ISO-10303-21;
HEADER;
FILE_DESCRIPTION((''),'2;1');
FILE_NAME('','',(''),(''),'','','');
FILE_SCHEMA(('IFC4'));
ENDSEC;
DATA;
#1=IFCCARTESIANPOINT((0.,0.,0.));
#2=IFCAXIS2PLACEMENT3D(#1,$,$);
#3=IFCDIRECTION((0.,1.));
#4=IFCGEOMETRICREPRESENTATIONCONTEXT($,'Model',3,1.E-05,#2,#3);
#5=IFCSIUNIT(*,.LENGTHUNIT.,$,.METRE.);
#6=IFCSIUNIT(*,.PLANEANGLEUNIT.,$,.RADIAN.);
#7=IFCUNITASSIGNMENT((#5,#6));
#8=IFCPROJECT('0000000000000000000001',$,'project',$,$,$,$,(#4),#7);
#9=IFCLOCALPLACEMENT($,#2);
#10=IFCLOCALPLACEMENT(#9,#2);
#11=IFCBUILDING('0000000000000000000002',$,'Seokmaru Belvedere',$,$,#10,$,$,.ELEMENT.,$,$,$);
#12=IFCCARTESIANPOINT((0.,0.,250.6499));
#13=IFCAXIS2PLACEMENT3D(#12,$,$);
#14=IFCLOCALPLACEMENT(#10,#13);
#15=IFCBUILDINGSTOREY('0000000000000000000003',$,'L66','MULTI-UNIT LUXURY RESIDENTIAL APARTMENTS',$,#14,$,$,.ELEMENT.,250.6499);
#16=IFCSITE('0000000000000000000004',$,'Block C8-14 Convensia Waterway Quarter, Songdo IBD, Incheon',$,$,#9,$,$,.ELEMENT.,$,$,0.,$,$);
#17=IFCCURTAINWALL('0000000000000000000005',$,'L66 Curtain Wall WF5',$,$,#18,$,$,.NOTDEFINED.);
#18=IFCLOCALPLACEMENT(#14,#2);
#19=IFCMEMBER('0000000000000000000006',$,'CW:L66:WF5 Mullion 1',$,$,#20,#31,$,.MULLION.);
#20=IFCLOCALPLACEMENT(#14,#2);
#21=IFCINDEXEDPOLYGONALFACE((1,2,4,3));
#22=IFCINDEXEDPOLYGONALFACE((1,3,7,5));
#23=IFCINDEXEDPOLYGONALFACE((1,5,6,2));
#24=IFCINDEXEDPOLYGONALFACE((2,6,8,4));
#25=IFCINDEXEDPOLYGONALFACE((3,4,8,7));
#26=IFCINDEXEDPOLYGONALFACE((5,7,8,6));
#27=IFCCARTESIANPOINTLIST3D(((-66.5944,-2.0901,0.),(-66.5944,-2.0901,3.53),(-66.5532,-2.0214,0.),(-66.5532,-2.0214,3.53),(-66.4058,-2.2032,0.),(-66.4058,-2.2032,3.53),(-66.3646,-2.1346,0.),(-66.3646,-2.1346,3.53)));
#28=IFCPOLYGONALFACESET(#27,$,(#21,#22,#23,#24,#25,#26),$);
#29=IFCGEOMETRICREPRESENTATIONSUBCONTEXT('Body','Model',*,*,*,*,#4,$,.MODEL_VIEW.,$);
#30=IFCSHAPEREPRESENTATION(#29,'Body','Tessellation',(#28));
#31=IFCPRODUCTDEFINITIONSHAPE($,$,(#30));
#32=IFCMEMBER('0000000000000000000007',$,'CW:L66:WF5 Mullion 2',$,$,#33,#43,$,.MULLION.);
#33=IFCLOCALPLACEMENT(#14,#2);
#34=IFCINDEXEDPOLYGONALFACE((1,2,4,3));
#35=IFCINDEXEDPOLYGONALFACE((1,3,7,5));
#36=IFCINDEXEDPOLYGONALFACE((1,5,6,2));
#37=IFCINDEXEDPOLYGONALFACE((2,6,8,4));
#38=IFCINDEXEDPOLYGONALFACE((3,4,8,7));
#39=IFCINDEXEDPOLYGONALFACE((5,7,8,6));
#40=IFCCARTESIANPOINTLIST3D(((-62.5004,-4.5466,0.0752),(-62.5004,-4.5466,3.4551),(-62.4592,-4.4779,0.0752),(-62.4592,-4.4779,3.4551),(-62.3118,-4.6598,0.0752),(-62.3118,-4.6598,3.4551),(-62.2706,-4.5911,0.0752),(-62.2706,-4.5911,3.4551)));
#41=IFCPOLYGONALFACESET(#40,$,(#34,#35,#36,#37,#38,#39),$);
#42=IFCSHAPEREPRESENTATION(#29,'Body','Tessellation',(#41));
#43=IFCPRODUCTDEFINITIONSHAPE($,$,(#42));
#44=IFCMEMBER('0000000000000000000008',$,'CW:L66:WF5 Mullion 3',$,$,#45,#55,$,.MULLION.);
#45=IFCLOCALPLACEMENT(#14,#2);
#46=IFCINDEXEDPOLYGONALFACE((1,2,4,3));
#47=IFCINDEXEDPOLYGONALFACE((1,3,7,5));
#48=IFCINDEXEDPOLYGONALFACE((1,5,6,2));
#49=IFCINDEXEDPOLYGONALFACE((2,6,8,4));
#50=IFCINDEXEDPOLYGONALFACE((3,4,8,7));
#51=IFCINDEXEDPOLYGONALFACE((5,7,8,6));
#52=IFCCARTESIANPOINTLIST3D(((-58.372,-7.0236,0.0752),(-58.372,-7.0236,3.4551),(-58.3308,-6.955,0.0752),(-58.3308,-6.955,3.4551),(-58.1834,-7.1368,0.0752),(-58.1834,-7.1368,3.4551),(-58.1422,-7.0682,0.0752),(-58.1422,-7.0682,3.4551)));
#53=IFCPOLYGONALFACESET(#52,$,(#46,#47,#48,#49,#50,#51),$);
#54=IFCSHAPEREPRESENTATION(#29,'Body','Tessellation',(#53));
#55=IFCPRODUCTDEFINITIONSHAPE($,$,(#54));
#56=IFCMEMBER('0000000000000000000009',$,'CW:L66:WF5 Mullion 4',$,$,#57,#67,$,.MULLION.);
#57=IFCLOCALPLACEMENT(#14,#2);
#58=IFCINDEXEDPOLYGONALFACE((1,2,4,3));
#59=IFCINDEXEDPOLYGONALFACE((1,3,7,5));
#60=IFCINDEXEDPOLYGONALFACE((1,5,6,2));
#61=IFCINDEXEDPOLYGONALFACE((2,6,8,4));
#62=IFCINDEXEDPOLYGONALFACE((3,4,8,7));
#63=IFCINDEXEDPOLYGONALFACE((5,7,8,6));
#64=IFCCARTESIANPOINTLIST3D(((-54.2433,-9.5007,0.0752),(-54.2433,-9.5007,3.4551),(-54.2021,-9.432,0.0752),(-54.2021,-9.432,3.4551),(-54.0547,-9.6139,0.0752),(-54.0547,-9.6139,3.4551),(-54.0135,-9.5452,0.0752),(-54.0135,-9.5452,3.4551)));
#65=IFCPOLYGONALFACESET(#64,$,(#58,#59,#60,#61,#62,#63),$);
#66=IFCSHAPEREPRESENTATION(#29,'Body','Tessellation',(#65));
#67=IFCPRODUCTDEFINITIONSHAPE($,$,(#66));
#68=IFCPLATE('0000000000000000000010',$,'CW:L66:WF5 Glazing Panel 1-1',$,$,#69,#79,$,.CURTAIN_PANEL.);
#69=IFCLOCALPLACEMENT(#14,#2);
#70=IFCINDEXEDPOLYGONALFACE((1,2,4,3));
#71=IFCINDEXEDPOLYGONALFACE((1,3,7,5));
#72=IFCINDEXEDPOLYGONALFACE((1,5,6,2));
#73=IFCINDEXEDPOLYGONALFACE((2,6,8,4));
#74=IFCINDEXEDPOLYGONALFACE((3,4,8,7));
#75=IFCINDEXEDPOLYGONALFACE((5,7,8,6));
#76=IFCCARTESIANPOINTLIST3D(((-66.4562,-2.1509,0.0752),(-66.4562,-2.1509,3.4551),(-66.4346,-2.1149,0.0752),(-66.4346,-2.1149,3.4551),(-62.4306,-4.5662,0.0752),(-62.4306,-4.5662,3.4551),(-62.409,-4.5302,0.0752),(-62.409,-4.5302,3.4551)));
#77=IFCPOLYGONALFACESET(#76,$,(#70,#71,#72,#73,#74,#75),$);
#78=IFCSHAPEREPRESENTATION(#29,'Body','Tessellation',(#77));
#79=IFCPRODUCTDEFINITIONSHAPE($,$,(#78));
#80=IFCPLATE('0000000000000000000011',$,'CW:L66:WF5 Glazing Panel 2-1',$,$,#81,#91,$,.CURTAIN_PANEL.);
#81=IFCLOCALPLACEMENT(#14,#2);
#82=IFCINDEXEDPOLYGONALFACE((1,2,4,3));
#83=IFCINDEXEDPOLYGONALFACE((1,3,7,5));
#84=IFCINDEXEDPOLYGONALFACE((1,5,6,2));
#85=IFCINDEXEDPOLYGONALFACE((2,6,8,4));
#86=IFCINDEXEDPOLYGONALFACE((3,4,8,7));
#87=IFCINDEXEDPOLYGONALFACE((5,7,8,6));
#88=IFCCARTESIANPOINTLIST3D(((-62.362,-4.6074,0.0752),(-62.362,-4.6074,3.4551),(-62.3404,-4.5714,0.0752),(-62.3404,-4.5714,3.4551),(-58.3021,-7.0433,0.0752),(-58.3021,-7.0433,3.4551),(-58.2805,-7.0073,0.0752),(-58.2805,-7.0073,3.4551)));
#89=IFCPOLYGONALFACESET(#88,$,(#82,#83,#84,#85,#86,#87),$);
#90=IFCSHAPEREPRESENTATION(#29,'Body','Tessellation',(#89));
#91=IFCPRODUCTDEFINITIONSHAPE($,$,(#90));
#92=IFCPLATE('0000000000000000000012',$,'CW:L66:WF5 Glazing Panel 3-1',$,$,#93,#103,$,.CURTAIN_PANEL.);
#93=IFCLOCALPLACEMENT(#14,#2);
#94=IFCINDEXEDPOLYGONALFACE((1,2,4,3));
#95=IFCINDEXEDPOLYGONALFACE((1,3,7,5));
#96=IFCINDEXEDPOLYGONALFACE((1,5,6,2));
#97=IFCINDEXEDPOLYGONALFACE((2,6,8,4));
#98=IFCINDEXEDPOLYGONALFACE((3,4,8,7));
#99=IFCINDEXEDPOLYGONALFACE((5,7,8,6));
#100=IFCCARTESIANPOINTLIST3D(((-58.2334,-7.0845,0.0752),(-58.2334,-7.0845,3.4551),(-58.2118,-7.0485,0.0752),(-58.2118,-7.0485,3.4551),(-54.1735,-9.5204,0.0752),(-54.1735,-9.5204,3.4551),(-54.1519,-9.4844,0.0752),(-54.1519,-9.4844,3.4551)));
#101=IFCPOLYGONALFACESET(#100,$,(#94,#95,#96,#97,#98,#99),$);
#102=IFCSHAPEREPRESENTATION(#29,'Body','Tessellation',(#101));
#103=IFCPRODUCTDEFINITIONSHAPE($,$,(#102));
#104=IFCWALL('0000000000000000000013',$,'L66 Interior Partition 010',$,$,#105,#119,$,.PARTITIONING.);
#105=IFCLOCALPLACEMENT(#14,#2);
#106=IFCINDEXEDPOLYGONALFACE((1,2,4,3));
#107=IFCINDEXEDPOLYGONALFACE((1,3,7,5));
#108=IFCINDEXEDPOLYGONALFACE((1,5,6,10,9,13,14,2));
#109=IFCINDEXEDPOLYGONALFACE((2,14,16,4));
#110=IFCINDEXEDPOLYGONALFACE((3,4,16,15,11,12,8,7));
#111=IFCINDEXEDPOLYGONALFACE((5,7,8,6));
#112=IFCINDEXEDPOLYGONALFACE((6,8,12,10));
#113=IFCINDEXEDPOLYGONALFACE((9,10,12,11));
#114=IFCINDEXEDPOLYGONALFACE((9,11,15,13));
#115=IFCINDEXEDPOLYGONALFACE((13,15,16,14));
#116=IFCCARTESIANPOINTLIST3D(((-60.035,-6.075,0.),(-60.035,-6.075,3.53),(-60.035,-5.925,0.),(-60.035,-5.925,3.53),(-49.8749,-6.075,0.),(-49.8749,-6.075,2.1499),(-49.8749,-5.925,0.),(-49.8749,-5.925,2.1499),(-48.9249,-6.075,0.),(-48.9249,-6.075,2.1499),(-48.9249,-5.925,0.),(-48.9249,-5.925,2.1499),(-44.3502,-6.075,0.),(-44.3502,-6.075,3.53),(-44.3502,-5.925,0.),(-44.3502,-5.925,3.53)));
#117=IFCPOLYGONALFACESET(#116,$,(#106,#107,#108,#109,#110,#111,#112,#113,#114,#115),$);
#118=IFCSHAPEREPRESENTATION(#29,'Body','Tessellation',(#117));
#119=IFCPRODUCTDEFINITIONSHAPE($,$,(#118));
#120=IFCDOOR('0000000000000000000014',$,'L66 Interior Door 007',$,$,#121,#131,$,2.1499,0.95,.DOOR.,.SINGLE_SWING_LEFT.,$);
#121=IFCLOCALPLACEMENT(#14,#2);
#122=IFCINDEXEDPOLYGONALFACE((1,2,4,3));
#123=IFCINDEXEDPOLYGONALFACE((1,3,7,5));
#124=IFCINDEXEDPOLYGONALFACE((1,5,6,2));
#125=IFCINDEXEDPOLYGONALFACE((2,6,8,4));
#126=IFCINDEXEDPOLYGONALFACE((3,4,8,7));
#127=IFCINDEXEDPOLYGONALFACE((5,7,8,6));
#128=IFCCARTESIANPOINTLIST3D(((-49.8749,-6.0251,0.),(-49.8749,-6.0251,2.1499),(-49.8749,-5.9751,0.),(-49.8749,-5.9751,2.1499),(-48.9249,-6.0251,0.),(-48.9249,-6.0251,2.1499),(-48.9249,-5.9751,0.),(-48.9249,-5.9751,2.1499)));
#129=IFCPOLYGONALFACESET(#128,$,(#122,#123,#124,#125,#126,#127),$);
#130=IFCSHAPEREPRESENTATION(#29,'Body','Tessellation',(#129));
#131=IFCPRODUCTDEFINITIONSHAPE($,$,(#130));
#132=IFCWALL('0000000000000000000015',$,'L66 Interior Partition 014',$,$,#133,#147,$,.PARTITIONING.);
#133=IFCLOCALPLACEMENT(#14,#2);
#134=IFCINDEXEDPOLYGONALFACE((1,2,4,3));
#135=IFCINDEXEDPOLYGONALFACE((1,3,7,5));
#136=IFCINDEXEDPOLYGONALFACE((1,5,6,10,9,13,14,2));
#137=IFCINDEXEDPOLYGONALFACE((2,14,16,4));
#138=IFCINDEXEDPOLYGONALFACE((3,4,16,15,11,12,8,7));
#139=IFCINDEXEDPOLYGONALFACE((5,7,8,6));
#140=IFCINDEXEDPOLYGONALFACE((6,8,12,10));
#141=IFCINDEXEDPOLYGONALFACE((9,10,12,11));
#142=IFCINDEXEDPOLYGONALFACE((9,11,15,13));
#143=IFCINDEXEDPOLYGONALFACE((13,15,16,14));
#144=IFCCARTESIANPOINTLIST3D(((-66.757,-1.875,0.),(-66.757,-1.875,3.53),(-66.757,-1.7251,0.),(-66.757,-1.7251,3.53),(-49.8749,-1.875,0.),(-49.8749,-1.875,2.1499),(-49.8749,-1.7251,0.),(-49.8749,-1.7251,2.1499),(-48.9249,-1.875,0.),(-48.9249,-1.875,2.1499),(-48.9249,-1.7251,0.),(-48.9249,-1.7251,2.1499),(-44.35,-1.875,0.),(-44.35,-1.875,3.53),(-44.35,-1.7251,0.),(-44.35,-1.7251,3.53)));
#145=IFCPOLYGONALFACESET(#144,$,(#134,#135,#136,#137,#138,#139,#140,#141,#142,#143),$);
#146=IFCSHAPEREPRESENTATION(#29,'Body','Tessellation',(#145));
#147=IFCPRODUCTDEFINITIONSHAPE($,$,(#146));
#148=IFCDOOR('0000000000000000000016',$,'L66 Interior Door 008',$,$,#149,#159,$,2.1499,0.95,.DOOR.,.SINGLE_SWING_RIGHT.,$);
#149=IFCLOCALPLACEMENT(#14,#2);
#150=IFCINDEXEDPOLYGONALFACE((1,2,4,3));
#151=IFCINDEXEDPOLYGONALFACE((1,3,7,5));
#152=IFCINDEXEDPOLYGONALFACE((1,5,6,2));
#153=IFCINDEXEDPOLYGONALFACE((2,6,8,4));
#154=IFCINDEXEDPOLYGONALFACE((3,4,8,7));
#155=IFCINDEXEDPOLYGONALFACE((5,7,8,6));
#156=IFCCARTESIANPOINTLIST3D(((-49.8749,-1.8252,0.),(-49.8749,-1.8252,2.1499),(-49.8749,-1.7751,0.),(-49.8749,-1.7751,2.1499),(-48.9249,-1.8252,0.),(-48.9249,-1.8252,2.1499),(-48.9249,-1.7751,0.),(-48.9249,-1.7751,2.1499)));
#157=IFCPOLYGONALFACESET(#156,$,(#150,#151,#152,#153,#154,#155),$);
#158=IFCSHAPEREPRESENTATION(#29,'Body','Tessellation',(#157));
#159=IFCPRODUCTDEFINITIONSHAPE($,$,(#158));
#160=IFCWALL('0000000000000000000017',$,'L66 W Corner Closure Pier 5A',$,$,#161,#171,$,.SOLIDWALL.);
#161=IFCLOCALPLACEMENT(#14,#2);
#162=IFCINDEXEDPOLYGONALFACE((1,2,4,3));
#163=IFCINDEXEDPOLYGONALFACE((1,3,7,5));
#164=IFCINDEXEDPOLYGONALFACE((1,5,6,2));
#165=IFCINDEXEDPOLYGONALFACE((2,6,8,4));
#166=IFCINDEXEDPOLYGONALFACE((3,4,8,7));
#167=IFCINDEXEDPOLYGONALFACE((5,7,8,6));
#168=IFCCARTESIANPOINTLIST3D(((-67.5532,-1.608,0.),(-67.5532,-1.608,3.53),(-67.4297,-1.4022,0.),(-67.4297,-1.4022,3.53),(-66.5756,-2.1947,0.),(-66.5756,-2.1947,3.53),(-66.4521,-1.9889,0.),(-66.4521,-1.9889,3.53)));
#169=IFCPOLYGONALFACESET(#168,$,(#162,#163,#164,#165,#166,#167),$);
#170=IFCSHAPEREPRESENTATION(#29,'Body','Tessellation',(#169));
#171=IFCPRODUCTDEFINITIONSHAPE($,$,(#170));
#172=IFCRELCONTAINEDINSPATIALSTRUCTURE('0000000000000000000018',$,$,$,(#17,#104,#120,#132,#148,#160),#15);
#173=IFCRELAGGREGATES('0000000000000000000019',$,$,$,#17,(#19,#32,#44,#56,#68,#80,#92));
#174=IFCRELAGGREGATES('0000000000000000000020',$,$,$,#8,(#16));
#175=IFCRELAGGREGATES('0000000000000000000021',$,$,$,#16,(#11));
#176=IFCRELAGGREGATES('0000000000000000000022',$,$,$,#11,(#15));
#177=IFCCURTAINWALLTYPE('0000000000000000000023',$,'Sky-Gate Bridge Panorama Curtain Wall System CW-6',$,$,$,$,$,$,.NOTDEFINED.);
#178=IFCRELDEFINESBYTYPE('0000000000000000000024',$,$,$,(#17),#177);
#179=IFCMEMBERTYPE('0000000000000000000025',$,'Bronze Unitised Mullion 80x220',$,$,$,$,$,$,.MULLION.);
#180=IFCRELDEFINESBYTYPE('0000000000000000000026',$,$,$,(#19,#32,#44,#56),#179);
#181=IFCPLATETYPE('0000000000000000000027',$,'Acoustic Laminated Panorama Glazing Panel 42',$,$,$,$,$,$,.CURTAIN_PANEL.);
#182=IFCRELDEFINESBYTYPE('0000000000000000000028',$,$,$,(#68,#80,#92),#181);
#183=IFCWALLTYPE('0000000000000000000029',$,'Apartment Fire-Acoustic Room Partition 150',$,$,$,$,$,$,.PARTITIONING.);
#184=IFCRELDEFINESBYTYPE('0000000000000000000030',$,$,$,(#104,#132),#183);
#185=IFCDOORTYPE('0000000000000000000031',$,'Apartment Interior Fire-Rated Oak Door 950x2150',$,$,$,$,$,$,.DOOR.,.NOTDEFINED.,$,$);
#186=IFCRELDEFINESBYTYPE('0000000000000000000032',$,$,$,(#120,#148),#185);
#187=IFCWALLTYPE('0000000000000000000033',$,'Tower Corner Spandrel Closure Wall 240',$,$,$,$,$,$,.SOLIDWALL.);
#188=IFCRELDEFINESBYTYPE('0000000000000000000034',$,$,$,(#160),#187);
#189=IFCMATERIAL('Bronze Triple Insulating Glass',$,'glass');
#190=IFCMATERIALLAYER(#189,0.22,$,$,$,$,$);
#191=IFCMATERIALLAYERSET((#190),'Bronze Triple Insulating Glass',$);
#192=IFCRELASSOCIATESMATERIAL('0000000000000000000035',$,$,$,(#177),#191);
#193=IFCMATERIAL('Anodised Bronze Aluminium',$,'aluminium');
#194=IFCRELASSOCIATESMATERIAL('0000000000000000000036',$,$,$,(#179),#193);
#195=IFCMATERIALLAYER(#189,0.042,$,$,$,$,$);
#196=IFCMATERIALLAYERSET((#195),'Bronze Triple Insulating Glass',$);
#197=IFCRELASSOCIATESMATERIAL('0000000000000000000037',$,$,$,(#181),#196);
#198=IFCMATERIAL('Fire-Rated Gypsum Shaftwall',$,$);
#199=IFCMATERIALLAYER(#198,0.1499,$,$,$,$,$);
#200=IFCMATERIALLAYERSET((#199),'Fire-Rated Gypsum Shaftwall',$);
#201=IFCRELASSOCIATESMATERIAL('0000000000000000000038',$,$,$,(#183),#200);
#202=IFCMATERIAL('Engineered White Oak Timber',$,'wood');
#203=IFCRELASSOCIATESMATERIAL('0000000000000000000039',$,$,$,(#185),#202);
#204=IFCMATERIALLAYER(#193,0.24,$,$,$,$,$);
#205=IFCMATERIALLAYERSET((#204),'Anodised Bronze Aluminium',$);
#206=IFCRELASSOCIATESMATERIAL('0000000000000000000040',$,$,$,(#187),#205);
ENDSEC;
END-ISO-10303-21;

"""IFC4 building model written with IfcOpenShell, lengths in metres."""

from ifc_helpers import new_model, si_unit, direction, frame, frame_2d, origin, origin_2d, place, context, subcontext, project, spatial, rectangle, extrude, source, transform, mapped, material, layer, layer_set, material_profile, profile_set, type_object, type_shapes, element, fill, aggregate, save


model = new_model("IFC4")

# Units and contexts
model_context = context("Model", 3, precision=1e-05, world=origin(), true_north=direction((0.0, 1.0)))
body_context = subcontext(model_context, "Body", "Model", "MODEL_VIEW")
ifc_project = project(units=[si_unit("LENGTHUNIT", "METRE"), si_unit("PLANEANGLEUNIT", "RADIAN")], contexts=[model_context])

# Site, building, storey
site_placement = place(None, origin())
site = spatial("IfcSite", under=ifc_project, at=site_placement, Name="Block C8-14 Convensia Waterway Quarter, Songdo IBD, Incheon", CompositionType="ELEMENT", RefElevation=0.0)
building_placement = place(site_placement, origin())
building = spatial("IfcBuilding", under=site, at=building_placement, Name="Seokmaru Belvedere", CompositionType="ELEMENT")
storey_placement = place(building_placement, frame((0.0, 0.0, 250.6499)))
storey = spatial("IfcBuildingStorey", under=building, at=storey_placement, Name="L66", Description="MULTI-UNIT LUXURY RESIDENTIAL APARTMENTS", CompositionType="ELEMENT", Elevation=250.6499)

# Curtain wall, members, plates
ifc_material_1 = material(Name="Bronze Triple Insulating Glass", Category="glass")
ifc_layer_1 = layer(ifc_material_1, 0.22)
ifc_layer_set_1 = layer_set([ifc_layer_1], Name="Bronze Triple Insulating Glass")
curtain_wall_type = type_object("IfcCurtainWallType", Name="Sky-Gate Bridge Panorama Curtain Wall System CW-6", PredefinedType="NOTDEFINED", material=ifc_layer_set_1)
curtain_wall_placement = place(storey_placement, origin())
curtain_wall = element("IfcCurtainWall", 1, at=curtain_wall_placement, inside=storey, type_object=curtain_wall_type, Name="L66 Curtain Wall WF5", PredefinedType="NOTDEFINED")
ifc_material_2 = material(Name="Anodised Bronze Aluminium", Category="aluminium")
ifc_material_profile_1 = material_profile(ifc_material_2, rectangle(XDim=0.0801, YDim=0.22, at=origin_2d()), Name="CW-M-80x220")
ifc_profile_set_1 = profile_set([ifc_material_profile_1], Name="Anodised Bronze Aluminium")
member_type_1 = type_object("IfcMemberType", Name="Bronze Unitised Mullion 80x220", PredefinedType="MULLION", material=ifc_profile_set_1)
shared_shape_1 = source(origin(), body_context, "Body", "SweptSolid", [
    extrude(rectangle(XDim=0.0801, YDim=0.22, at=origin_2d()), origin(), (0.0, 0.0, 1.0), 3.53),
])
member_1_placement = place(storey_placement, frame((-66.4795, -2.1123, 0.0), z_axis=(0.0, 0.0, 1.0), x_axis=(0.514495, 0.857493, 0.0)))
member_1 = element("IfcMember", 2, at=member_1_placement, type_object=member_type_1, Name="CW:L66:WF5 Mullion 1", PredefinedType="MULLION", context=body_context, shape_type="MappedRepresentation", body=[
    mapped(shared_shape_1, transform((0.0, 0.0, 0.0), scale=1.0)),
])
shared_shape_2 = source(origin(), body_context, "Body", "SweptSolid", [
    extrude(rectangle(XDim=0.0801, YDim=0.22, at=origin_2d()), origin(), (0.0, 0.0, 1.0), 3.3799),
])
type_shapes(member_type_1, [shared_shape_1, shared_shape_2])
member_2_placement = place(storey_placement, frame((-62.3855, -4.5688, 0.0752), z_axis=(0.0, 0.0, 1.0), x_axis=(0.514495, 0.857493, 0.0)))
member_2 = element("IfcMember", 3, at=member_2_placement, type_object=member_type_1, Name="CW:L66:WF5 Mullion 2", PredefinedType="MULLION", context=body_context, shape_type="MappedRepresentation", body=[
    mapped(shared_shape_2, transform((0.0, 0.0, 0.0), scale=1.0)),
])
member_3_placement = place(storey_placement, frame((-58.2571, -7.0459, 0.0752), z_axis=(0.0, 0.0, 1.0), x_axis=(0.514495, 0.857493, 0.0)))
member_3 = element("IfcMember", 4, at=member_3_placement, type_object=member_type_1, Name="CW:L66:WF5 Mullion 3", PredefinedType="MULLION", context=body_context, shape_type="MappedRepresentation", body=[
    mapped(shared_shape_2, transform((0.0, 0.0, 0.0), scale=1.0)),
])
member_4_placement = place(storey_placement, frame((-54.1284, -9.5229, 0.0752), z_axis=(0.0, 0.0, 1.0), x_axis=(0.514495, 0.857493, 0.0)))
member_4 = element("IfcMember", 5, at=member_4_placement, type_object=member_type_1, Name="CW:L66:WF5 Mullion 4", PredefinedType="MULLION", context=body_context, shape_type="MappedRepresentation", body=[
    mapped(shared_shape_2, transform((0.0, 0.0, 0.0), scale=1.0)),
])
ifc_layer_2 = layer(ifc_material_1, 0.042)
ifc_layer_set_2 = layer_set([ifc_layer_2], Name="Bronze Triple Insulating Glass")
plate_type = type_object("IfcPlateType", Name="Acoustic Laminated Panorama Glazing Panel 42", PredefinedType="CURTAIN_PANEL", material=ifc_layer_set_2)
shared_shape_3 = source(origin(), body_context, "Body", "SweptSolid", [
    extrude(rectangle(XDim=4.6946, YDim=0.042, at=origin_2d()), origin(), (0.0, 0.0, 1.0), 3.3799),
])
plate_1_placement = place(storey_placement, frame((-64.4326, -3.3406, 0.0752), z_axis=(0.0, 0.0, 1.0), x_axis=(0.857493, -0.514495, 0.0)))
plate_1 = element("IfcPlate", 6, at=plate_1_placement, type_object=plate_type, Name="CW:L66:WF5 Glazing Panel 1-1", PredefinedType="CURTAIN_PANEL", context=body_context, shape_type="MappedRepresentation", body=[
    mapped(shared_shape_3, transform((0.0, 0.0, 0.0), scale=1.0)),
])
shared_shape_4 = source(origin(), body_context, "Body", "SweptSolid", [
    extrude(rectangle(XDim=4.7346, YDim=0.042, at=origin_2d()), origin(), (0.0, 0.0, 1.0), 3.3799),
])
type_shapes(plate_type, [shared_shape_3, shared_shape_4])
plate_2_placement = place(storey_placement, frame((-60.3213, -5.8074, 0.0752), z_axis=(0.0, 0.0, 1.0), x_axis=(0.857493, -0.514495, 0.0)))
plate_2 = element("IfcPlate", 7, at=plate_2_placement, type_object=plate_type, Name="CW:L66:WF5 Glazing Panel 2-1", PredefinedType="CURTAIN_PANEL", context=body_context, shape_type="MappedRepresentation", body=[
    mapped(shared_shape_4, transform((0.0, 0.0, 0.0), scale=1.0)),
])
plate_3_placement = place(storey_placement, frame((-56.1926, -8.2844, 0.0752), z_axis=(0.0, 0.0, 1.0), x_axis=(0.857493, -0.514495, 0.0)))
plate_3 = element("IfcPlate", 8, at=plate_3_placement, type_object=plate_type, Name="CW:L66:WF5 Glazing Panel 3-1", PredefinedType="CURTAIN_PANEL", context=body_context, shape_type="MappedRepresentation", body=[
    mapped(shared_shape_4, transform((0.0, 0.0, 0.0), scale=1.0)),
])
aggregate(curtain_wall, [member_1, member_2, member_3, member_4, plate_1, plate_2, plate_3])

# Walls, openings, doors
ifc_material_3 = material(Name="Fire-Rated Gypsum Shaftwall")
ifc_layer_3 = layer(ifc_material_3, 0.1499)
ifc_layer_set_3 = layer_set([ifc_layer_3], Name="Fire-Rated Gypsum Shaftwall")
wall_type_1 = type_object("IfcWallType", Name="Apartment Fire-Acoustic Room Partition 150", PredefinedType="PARTITIONING", material=ifc_layer_set_3)
wall_1_placement = place(storey_placement, frame((-60.0349, -6.0, 0.0), z_axis=(0.0, 0.0, 1.0), x_axis=(1.0, 0.0, 0.0)))
wall_1 = element("IfcWall", 9, at=wall_1_placement, inside=storey, type_object=wall_type_1, Name="L66 Interior Partition 010", PredefinedType="PARTITIONING", context=body_context, shape_type="SweptSolid", body=[
    extrude(rectangle(XDim=15.6848, YDim=0.1499, at=frame_2d((7.8423, 0.0))), origin(), (0.0, 0.0, 1.0), 3.53),
])
opening_1_placement = place(wall_1_placement, frame((10.1599, 0.0, 0.0)))
opening_1 = element("IfcOpeningElement", 10, at=opening_1_placement, cuts=wall_1, PredefinedType="OPENING", context=body_context, shape_type="SweptSolid", body=[
    extrude(rectangle(XDim=0.95, YDim=2.1499, at=frame_2d((0.4751, 1.075))), frame((0.0, 0.085, 0.0), z_axis=(0.0, -1.0, 0.0), x_axis=(1.0, 0.0, 0.0)), (0.0, 0.0, 1.0), 0.1699),
])
ifc_material_4 = material(Name="Engineered White Oak Timber", Category="wood")
door_type = type_object("IfcDoorType", Name="Apartment Interior Fire-Rated Oak Door 950x2150", OperationType="NOTDEFINED", PredefinedType="DOOR", material=ifc_material_4)
shared_shape_5 = source(origin(), body_context, "Body", "SweptSolid", [
    extrude(rectangle(XDim=0.95, YDim=2.1499, at=frame_2d((0.4751, 1.075))), frame((0.0, 0.0249, 0.0), z_axis=(0.0, -1.0, 0.0), x_axis=(1.0, 0.0, 0.0)), (0.0, 0.0, 1.0), 0.05),
])
type_shapes(door_type, [shared_shape_5])
door_1_placement = place(opening_1_placement, origin())
door_1 = element("IfcDoor", 11, at=door_1_placement, inside=storey, type_object=door_type, Name="L66 Interior Door 007", OperationType="SINGLE_SWING_LEFT", OverallHeight=2.1499, OverallWidth=0.95, PredefinedType="DOOR", context=body_context, shape_type="MappedRepresentation", body=[
    mapped(shared_shape_5, transform((0.0, 0.0, 0.0), scale=1.0)),
])
fill(opening_1, door_1)
wall_2_placement = place(storey_placement, frame((-66.7571, -1.8, 0.0), z_axis=(0.0, 0.0, 1.0), x_axis=(1.0, 0.0, 0.0)))
wall_2 = element("IfcWall", 12, at=wall_2_placement, inside=storey, type_object=wall_type_1, Name="L66 Interior Partition 014", PredefinedType="PARTITIONING", context=body_context, shape_type="SweptSolid", body=[
    extrude(rectangle(XDim=22.407, YDim=0.1499, at=frame_2d((11.2036, 0.0))), origin(), (0.0, 0.0, 1.0), 3.53),
])
opening_2_placement = place(wall_2_placement, frame((16.8821, 0.0, 0.0)))
opening_2 = element("IfcOpeningElement", 13, at=opening_2_placement, cuts=wall_2, PredefinedType="OPENING", context=body_context, shape_type="SweptSolid", body=[
    extrude(rectangle(XDim=0.95, YDim=2.1499, at=frame_2d((0.4751, 1.075))), frame((0.0, 0.085, 0.0), z_axis=(0.0, -1.0, 0.0), x_axis=(1.0, 0.0, 0.0)), (0.0, 0.0, 1.0), 0.1699),
])
door_2_placement = place(opening_2_placement, origin())
door_2 = element("IfcDoor", 14, at=door_2_placement, inside=storey, type_object=door_type, Name="L66 Interior Door 008", OperationType="SINGLE_SWING_RIGHT", OverallHeight=2.1499, OverallWidth=0.95, PredefinedType="DOOR", context=body_context, shape_type="MappedRepresentation", body=[
    mapped(shared_shape_5, transform((0.0, 0.0, 0.0), scale=1.0)),
])
fill(opening_2, door_2)

# Wall
ifc_layer_4 = layer(ifc_material_2, 0.24)
ifc_layer_set_4 = layer_set([ifc_layer_4], Name="Anodised Bronze Aluminium")
wall_type_2 = type_object("IfcWallType", Name="Tower Corner Spandrel Closure Wall 240", PredefinedType="SOLIDWALL", material=ifc_layer_set_4)
wall_3_placement = place(storey_placement, frame((-67.4915, -1.5051, 0.0), z_axis=(0.0, 0.0, 1.0), x_axis=(0.857436, -0.51459, 0.0)))
element("IfcWall", 15, at=wall_3_placement, inside=storey, type_object=wall_type_2, Name="L66 W Corner Closure Pier 5A", PredefinedType="SOLIDWALL", context=body_context, shape_type="SweptSolid", body=[
    extrude(rectangle(XDim=1.1401, YDim=0.24, at=frame_2d((0.5701, 0.0))), origin(), (0.0, 0.0, 1.0), 3.53),
])

save(model, "model.ifc")
